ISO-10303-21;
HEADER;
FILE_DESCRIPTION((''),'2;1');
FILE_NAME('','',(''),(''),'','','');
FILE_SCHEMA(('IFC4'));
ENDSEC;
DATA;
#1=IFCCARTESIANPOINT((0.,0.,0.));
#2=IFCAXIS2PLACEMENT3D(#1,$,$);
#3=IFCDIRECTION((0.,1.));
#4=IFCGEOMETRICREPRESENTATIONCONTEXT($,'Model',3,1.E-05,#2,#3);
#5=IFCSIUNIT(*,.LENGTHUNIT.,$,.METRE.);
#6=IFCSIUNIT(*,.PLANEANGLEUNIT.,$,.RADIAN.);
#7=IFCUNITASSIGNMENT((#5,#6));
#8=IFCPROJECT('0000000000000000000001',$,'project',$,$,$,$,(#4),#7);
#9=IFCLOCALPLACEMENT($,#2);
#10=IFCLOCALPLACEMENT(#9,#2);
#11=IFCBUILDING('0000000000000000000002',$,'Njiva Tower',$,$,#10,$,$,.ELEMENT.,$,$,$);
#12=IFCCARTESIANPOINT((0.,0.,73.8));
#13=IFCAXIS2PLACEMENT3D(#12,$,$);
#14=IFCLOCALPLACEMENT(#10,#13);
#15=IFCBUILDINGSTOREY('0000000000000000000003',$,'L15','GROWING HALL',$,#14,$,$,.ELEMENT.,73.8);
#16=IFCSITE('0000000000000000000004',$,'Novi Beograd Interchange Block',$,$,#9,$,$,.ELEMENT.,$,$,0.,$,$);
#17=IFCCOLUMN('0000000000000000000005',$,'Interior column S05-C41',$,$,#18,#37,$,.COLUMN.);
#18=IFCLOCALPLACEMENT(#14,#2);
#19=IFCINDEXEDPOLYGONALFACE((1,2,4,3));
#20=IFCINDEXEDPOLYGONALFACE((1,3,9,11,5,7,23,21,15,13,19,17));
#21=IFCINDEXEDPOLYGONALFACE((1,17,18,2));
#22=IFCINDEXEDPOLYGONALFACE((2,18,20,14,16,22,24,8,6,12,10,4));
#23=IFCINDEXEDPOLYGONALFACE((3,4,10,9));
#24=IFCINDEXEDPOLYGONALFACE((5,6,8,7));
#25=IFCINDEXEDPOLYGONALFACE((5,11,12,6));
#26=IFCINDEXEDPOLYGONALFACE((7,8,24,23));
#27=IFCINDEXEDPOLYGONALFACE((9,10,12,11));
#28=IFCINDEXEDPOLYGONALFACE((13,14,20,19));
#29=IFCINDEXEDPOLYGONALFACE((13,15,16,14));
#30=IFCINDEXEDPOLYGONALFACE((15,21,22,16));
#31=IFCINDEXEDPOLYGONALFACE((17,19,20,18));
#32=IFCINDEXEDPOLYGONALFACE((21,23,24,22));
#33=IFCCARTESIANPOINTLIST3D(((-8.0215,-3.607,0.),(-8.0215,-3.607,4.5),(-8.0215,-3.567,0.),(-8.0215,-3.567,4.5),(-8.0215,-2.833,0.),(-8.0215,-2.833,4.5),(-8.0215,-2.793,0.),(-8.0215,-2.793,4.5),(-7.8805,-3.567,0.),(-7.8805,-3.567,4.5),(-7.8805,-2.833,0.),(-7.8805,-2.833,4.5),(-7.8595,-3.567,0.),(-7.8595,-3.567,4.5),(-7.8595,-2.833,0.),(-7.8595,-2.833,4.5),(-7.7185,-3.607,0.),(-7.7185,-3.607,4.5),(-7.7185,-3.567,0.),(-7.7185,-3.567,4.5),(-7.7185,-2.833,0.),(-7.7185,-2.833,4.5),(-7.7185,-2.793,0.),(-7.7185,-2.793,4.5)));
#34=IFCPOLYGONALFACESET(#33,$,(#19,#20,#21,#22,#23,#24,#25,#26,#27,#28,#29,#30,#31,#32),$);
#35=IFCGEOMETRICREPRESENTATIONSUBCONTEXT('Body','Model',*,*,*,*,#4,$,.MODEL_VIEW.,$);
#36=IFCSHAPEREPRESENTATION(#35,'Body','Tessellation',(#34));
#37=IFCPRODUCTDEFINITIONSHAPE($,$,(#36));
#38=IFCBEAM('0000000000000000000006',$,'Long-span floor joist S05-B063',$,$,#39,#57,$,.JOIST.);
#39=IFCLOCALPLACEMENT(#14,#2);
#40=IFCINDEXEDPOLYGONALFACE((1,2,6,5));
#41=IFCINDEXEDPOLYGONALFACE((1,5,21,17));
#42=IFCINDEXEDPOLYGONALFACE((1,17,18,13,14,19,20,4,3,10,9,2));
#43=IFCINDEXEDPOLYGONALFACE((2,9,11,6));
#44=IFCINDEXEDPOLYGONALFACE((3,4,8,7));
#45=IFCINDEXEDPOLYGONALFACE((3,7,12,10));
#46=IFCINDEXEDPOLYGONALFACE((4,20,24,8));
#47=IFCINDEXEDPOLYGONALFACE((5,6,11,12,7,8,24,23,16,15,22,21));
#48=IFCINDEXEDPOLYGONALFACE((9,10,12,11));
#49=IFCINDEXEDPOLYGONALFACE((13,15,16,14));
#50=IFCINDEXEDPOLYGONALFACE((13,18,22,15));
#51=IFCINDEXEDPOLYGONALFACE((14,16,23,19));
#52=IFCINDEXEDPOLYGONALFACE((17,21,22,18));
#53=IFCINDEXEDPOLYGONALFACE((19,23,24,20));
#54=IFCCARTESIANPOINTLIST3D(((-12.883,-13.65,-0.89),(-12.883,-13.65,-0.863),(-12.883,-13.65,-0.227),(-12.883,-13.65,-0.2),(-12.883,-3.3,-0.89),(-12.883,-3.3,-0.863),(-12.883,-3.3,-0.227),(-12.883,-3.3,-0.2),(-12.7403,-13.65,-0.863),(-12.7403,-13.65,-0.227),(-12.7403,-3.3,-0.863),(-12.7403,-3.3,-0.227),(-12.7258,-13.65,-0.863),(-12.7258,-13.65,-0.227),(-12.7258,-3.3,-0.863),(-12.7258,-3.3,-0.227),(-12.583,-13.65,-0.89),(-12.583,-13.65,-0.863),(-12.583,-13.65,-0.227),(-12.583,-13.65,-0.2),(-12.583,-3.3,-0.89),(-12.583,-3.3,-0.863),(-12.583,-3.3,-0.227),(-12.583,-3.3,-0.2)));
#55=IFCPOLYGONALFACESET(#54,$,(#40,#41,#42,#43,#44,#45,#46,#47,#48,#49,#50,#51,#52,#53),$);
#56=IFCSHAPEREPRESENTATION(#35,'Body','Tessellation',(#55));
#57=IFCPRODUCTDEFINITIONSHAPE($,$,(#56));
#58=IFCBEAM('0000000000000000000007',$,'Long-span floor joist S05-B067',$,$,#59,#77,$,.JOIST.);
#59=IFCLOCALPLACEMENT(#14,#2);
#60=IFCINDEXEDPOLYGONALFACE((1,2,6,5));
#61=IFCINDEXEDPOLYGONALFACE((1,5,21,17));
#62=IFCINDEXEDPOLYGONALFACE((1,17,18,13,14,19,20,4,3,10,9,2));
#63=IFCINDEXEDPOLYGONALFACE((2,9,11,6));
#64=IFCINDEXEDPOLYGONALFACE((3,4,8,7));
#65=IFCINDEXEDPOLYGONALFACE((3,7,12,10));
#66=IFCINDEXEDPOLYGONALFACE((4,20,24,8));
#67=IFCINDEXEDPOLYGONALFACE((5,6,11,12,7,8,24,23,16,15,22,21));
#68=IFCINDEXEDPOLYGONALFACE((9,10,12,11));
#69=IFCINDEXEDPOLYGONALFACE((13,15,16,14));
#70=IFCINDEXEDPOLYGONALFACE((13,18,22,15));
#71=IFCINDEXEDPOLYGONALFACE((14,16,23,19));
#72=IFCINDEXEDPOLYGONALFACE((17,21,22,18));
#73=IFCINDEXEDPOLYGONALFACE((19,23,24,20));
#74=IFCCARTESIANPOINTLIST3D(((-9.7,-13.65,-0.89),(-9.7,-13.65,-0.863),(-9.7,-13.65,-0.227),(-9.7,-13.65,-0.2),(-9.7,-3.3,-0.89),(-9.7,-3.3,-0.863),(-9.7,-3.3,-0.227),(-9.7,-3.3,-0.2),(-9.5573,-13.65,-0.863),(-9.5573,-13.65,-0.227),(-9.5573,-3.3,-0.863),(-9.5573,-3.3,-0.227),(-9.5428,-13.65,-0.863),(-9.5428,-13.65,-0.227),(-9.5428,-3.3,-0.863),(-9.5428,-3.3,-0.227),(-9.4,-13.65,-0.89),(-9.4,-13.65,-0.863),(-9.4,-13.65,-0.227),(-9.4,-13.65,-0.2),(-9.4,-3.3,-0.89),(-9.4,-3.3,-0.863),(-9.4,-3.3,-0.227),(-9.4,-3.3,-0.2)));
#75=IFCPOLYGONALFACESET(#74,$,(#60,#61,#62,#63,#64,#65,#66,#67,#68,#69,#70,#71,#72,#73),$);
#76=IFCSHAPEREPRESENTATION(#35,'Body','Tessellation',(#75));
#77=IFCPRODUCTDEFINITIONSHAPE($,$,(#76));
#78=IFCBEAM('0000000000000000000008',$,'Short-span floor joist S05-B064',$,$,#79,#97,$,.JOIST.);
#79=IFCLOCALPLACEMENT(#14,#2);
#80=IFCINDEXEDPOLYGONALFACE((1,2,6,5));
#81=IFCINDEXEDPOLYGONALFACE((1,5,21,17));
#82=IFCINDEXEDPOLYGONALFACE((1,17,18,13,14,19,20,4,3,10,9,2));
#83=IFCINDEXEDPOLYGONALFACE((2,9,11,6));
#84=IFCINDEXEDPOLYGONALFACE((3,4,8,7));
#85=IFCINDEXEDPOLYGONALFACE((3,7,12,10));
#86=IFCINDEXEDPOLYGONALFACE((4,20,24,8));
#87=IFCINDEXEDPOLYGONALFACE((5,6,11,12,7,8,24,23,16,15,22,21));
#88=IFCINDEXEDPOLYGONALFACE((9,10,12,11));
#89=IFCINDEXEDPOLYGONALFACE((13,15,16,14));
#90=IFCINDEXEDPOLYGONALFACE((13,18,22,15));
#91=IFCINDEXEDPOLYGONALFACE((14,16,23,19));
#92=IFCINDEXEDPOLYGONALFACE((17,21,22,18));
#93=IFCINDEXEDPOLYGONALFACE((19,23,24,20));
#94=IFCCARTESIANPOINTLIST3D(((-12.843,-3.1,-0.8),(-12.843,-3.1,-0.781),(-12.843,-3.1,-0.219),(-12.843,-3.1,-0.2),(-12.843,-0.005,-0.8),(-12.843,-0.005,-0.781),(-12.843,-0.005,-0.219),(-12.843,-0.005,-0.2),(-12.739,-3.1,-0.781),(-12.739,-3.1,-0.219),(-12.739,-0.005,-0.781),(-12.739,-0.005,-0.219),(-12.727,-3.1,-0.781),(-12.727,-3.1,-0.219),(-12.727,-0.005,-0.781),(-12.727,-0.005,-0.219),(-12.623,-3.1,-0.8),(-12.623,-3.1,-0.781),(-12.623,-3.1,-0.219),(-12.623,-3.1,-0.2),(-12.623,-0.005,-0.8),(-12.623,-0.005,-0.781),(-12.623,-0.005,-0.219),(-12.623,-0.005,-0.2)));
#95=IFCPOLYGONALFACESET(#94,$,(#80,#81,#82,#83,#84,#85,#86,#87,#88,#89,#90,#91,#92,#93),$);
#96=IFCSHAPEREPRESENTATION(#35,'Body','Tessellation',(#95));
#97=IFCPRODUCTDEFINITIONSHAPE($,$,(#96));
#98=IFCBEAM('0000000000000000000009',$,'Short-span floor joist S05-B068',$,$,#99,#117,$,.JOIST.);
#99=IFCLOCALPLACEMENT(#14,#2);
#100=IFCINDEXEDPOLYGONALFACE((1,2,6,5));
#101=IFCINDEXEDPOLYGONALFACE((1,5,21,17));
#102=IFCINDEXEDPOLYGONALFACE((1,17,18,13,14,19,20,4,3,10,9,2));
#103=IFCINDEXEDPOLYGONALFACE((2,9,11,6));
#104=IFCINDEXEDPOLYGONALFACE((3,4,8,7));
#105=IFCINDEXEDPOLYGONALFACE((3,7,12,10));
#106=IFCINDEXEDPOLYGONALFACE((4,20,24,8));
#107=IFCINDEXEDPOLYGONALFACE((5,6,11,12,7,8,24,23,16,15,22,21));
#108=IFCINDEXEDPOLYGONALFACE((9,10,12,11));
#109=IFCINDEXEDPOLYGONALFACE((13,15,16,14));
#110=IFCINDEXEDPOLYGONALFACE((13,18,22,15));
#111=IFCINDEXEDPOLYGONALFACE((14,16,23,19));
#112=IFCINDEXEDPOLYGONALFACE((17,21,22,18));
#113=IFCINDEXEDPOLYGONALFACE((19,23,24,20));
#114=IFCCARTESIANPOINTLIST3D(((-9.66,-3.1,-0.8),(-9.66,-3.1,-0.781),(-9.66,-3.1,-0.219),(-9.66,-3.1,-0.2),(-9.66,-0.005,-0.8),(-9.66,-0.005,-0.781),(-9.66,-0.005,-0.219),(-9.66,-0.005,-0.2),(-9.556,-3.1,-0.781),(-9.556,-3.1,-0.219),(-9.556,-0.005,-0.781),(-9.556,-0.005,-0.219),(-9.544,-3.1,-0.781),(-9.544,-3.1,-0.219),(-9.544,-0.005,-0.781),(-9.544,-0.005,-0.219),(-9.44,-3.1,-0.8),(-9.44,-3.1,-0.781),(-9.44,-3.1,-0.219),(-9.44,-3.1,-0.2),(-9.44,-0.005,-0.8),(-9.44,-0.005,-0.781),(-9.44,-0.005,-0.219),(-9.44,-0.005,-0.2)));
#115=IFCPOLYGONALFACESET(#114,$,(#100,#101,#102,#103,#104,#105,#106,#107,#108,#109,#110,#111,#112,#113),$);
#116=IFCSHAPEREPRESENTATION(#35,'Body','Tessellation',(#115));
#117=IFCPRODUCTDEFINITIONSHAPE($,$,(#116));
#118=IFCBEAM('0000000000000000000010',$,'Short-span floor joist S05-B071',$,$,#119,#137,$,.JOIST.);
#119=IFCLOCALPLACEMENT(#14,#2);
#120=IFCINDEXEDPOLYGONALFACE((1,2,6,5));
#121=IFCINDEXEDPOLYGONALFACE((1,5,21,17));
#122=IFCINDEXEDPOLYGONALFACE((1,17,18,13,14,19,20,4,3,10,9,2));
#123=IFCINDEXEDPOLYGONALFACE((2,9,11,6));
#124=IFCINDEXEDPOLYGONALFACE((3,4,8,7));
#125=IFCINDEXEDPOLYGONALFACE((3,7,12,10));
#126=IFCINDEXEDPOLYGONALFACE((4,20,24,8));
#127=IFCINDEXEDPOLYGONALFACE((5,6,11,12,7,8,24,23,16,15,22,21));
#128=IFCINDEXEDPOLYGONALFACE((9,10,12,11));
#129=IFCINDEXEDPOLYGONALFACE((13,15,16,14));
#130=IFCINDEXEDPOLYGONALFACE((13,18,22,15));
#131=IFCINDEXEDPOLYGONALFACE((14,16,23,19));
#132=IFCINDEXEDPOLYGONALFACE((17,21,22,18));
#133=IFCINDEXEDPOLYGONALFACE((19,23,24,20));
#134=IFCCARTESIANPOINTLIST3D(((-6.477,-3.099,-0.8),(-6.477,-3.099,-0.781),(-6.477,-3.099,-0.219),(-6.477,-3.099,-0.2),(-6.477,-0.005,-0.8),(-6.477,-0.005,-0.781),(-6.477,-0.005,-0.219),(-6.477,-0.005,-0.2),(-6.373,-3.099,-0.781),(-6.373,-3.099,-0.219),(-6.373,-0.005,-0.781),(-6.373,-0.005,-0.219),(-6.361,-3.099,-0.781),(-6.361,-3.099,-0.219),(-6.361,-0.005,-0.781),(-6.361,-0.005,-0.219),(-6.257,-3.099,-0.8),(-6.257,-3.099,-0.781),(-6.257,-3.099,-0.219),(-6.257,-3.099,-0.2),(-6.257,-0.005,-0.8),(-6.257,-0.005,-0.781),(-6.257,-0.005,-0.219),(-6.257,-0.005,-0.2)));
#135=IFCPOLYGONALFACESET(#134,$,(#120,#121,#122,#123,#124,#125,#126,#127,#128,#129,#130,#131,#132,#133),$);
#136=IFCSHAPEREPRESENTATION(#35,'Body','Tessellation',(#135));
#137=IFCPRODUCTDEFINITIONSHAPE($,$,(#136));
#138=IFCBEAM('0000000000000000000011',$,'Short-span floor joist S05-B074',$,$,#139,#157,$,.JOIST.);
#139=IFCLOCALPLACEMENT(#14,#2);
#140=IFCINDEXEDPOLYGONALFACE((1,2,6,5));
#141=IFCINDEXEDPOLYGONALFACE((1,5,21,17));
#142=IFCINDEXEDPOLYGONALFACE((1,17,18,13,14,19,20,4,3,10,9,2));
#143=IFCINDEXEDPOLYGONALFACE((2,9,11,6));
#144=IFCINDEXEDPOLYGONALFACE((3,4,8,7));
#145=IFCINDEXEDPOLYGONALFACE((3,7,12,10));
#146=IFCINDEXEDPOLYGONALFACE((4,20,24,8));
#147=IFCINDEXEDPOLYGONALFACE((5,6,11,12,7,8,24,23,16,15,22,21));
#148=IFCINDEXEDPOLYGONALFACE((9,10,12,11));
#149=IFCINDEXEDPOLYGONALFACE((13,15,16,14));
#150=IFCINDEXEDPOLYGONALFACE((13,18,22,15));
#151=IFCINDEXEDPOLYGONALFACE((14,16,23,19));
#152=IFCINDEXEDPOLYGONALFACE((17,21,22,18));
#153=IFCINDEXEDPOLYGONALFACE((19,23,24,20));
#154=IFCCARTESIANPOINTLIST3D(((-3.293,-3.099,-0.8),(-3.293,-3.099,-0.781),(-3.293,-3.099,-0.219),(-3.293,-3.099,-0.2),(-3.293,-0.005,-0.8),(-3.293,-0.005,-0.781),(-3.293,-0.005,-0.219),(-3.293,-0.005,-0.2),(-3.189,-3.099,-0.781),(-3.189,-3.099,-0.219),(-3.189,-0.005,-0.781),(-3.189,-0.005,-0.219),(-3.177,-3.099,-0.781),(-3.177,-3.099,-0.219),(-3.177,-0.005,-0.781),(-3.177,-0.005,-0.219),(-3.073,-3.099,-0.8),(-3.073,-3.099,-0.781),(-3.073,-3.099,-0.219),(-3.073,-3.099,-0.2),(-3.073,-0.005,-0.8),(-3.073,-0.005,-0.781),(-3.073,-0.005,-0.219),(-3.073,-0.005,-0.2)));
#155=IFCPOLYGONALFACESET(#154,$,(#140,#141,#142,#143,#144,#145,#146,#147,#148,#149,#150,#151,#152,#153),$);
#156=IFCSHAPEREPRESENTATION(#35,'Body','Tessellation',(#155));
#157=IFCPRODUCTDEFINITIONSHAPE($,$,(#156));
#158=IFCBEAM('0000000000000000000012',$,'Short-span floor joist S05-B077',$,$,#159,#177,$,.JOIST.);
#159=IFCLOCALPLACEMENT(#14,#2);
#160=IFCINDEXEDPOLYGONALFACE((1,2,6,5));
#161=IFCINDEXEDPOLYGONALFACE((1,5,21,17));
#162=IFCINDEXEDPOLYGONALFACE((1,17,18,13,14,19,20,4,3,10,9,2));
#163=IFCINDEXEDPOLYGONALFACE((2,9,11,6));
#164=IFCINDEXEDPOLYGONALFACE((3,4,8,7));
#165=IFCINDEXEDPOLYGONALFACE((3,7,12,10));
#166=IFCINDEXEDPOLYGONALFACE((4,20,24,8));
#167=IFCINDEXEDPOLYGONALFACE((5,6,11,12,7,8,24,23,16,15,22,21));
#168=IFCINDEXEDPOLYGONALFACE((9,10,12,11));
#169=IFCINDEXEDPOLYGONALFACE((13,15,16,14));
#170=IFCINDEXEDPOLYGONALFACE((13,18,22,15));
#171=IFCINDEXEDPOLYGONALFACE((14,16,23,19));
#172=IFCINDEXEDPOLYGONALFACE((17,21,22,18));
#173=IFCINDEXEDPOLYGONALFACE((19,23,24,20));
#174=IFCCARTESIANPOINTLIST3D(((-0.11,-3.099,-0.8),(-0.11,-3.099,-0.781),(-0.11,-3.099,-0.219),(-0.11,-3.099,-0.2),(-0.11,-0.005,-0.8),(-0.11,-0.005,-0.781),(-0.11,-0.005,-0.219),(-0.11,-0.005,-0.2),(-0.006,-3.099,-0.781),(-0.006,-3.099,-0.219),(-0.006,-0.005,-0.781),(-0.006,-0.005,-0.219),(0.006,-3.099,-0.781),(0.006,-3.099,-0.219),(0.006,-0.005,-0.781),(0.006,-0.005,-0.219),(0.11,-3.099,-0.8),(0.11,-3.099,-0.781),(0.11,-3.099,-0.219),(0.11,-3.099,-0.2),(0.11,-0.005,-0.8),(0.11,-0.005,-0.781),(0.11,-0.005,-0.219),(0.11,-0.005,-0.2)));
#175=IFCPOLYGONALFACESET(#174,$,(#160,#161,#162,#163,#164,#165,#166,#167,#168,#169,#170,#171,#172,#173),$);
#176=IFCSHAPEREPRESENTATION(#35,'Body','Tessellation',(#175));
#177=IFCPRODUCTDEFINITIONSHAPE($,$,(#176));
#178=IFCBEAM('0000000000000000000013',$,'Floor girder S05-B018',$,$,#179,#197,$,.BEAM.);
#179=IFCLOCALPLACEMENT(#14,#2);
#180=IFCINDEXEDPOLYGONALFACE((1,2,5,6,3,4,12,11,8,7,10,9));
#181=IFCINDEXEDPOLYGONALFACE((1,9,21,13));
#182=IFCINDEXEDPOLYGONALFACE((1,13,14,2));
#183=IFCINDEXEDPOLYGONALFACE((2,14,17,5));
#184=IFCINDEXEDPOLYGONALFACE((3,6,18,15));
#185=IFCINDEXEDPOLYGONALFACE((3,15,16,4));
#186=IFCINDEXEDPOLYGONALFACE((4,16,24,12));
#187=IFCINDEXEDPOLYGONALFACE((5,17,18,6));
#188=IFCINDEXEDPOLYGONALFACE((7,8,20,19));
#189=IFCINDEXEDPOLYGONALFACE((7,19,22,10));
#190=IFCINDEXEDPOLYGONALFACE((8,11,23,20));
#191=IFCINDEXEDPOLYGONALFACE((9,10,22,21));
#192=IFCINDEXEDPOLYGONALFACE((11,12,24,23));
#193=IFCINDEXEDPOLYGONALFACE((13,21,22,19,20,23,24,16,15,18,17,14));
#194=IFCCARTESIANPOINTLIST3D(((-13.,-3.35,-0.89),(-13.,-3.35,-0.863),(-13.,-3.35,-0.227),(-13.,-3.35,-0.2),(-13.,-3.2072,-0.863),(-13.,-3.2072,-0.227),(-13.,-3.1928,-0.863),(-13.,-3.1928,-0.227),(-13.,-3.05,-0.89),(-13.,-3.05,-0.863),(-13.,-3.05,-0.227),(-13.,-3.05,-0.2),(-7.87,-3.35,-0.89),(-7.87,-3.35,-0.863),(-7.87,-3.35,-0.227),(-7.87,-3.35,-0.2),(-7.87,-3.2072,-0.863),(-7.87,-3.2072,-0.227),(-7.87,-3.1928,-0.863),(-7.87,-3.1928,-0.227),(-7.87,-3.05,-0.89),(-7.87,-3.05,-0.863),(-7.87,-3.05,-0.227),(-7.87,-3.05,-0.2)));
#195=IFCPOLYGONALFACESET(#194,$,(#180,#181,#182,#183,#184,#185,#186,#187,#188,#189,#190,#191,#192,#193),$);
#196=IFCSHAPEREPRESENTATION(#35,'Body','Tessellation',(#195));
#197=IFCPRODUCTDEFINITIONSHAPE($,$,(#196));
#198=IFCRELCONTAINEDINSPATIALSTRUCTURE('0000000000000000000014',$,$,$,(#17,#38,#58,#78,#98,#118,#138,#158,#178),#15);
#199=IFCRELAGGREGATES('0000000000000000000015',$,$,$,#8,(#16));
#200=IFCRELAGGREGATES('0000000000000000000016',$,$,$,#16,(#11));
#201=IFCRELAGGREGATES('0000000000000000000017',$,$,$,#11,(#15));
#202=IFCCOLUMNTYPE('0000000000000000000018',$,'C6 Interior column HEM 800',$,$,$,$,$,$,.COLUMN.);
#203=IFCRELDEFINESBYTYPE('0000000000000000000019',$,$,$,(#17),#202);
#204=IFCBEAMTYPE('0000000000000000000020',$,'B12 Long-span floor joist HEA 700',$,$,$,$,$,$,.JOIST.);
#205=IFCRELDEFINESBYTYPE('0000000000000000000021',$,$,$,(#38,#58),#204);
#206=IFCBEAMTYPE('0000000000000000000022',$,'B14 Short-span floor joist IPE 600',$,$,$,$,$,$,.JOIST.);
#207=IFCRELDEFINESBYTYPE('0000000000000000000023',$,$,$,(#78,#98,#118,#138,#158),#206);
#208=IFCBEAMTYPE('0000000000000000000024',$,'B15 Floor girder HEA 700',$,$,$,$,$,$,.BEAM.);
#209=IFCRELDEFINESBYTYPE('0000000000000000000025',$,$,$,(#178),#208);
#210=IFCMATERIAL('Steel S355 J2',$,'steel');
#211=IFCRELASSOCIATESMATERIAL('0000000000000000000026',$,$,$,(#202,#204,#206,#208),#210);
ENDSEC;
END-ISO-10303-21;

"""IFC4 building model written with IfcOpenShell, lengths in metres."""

from ifc_helpers import new_model, si_unit, direction, frame, origin, origin_2d, place, context, subcontext, project, spatial, i_section, extrude, material, material_profile, profile_set, type_object, element, save


model = new_model("IFC4")

# Units and contexts
model_context = context("Model", 3, precision=1e-05, world=origin(), true_north=direction((0.0, 1.0)))
body_context = subcontext(model_context, "Body", "Model", "MODEL_VIEW")
ifc_project = project(units=[si_unit("LENGTHUNIT", "METRE"), si_unit("PLANEANGLEUNIT", "RADIAN")], contexts=[model_context])

# Site, building, storey
site_placement = place(None, origin())
site = spatial("IfcSite", under=ifc_project, at=site_placement, Name="Novi Beograd Interchange Block", CompositionType="ELEMENT", RefElevation=0.0)
building_placement = place(site_placement, origin())
building = spatial("IfcBuilding", under=site, at=building_placement, Name="Njiva Tower", CompositionType="ELEMENT")
storey_placement = place(building_placement, frame((0.0, 0.0, 73.8)))
storey = spatial("IfcBuildingStorey", under=building, at=storey_placement, Name="L15", Description="GROWING HALL", CompositionType="ELEMENT", Elevation=73.8)

# Column
ifc_material_1 = material(Name="Steel S355 J2", Category="steel")
ifc_material_profile_1 = material_profile(ifc_material_1, i_section(OverallWidth=0.303, OverallDepth=0.814, WebThickness=0.021, FlangeThickness=0.04, at=origin_2d()), Name="HEM 800")
ifc_profile_set_1 = profile_set([ifc_material_profile_1], Name="Steel S355 J2")
column_type = type_object("IfcColumnType", Name="C6 Interior column HEM 800", PredefinedType="COLUMN", material=ifc_profile_set_1)
column_placement = place(storey_placement, frame((-7.87, -3.2, 0.0), z_axis=(0.0, 0.0, 1.0), x_axis=(1.0, 0.0, 0.0)))
element("IfcColumn", 1, at=column_placement, inside=storey, type_object=column_type, Name="Interior column S05-C41", PredefinedType="COLUMN", context=body_context, shape_type="SweptSolid", body=[
    extrude(i_section(OverallWidth=0.303, OverallDepth=0.814, WebThickness=0.021, FlangeThickness=0.04, at=origin_2d()), origin(), (0.0, 0.0, 1.0), 4.5),
])

# Beams
ifc_material_profile_2 = material_profile(ifc_material_1, i_section(OverallWidth=0.3, OverallDepth=0.69, WebThickness=0.0145, FlangeThickness=0.027, at=origin_2d()), Name="HEA 700")
ifc_profile_set_2 = profile_set([ifc_material_profile_2], Name="Steel S355 J2")
beam_type_1 = type_object("IfcBeamType", Name="B12 Long-span floor joist HEA 700", PredefinedType="JOIST", material=ifc_profile_set_2)
for number, where, z_axis, x_axis, name in (
    (2, (-12.733, -3.3, -0.545), (0.0, -1.0, 0.0), (1.0, 0.0, 0.0), "Long-span floor joist S05-B063"),
    (3, (-9.55, -3.3, -0.545), (0.0, -1.0, 0.0), (1.0, 0.0, 0.0), "Long-span floor joist S05-B067"),
):
    element("IfcBeam", number, at=place(storey_placement, frame(where, z_axis=z_axis, x_axis=x_axis)), inside=storey, type_object=beam_type_1, Name=name, PredefinedType="JOIST", context=body_context, shape_type="SweptSolid", body=[
        extrude(i_section(OverallWidth=0.3, OverallDepth=0.69, WebThickness=0.0145, FlangeThickness=0.027, at=origin_2d()), origin(), (0.0, 0.0, 1.0), 10.35),
    ])
ifc_material_profile_3 = material_profile(ifc_material_1, i_section(OverallWidth=0.22, OverallDepth=0.6, WebThickness=0.012, FlangeThickness=0.019, at=origin_2d()), Name="IPE 600")
ifc_profile_set_3 = profile_set([ifc_material_profile_3], Name="Steel S355 J2")
beam_type_2 = type_object("IfcBeamType", Name="B14 Short-span floor joist IPE 600", PredefinedType="JOIST", material=ifc_profile_set_3)
for number, where, z_axis, x_axis, name in (
    (4, (-12.733, -0.005, -0.5), (0.0, -1.0, 0.0), (1.0, 0.0, 0.0), "Short-span floor joist S05-B064"),
    (5, (-9.55, -0.005, -0.5), (0.0, -1.0, 0.0), (1.0, 0.0, 0.0), "Short-span floor joist S05-B068"),
):
    element("IfcBeam", number, at=place(storey_placement, frame(where, z_axis=z_axis, x_axis=x_axis)), inside=storey, type_object=beam_type_2, Name=name, PredefinedType="JOIST", context=body_context, shape_type="SweptSolid", body=[
        extrude(i_section(OverallWidth=0.22, OverallDepth=0.6, WebThickness=0.012, FlangeThickness=0.019, at=origin_2d()), origin(), (0.0, 0.0, 1.0), 3.095),
    ])
for number, where, z_axis, x_axis, name in (
    (6, (-6.367, -0.005, -0.5), (0.0, -1.0, 0.0), (1.0, 0.0, 0.0), "Short-span floor joist S05-B071"),
    (7, (-3.183, -0.005, -0.5), (0.0, -1.0, 0.0), (1.0, 0.0, 0.0), "Short-span floor joist S05-B074"),
    (8, (0.0, -0.005, -0.5), (0.0, -1.0, 0.0), (1.0, 0.0, 0.0), "Short-span floor joist S05-B077"),
):
    element("IfcBeam", number, at=place(storey_placement, frame(where, z_axis=z_axis, x_axis=x_axis)), inside=storey, type_object=beam_type_2, Name=name, PredefinedType="JOIST", context=body_context, shape_type="SweptSolid", body=[
        extrude(i_section(OverallWidth=0.22, OverallDepth=0.6, WebThickness=0.012, FlangeThickness=0.019, at=origin_2d()), origin(), (0.0, 0.0, 1.0), 3.094),
    ])
ifc_material_profile_4 = material_profile(ifc_material_1, i_section(OverallWidth=0.3, OverallDepth=0.69, WebThickness=0.0145, FlangeThickness=0.027, at=origin_2d()), Name="HEA 700")
ifc_profile_set_4 = profile_set([ifc_material_profile_4], Name="Steel S355 J2")
beam_type_3 = type_object("IfcBeamType", Name="B15 Floor girder HEA 700", PredefinedType="BEAM", material=ifc_profile_set_4)
beam_1_placement = place(storey_placement, frame((-13.0, -3.2, -0.545), z_axis=(1.0, 0.0, 0.0), x_axis=(0.0, 1.0, 0.0)))
element("IfcBeam", 9, at=beam_1_placement, inside=storey, type_object=beam_type_3, Name="Floor girder S05-B018", PredefinedType="BEAM", context=body_context, shape_type="SweptSolid", body=[
    extrude(i_section(OverallWidth=0.3, OverallDepth=0.69, WebThickness=0.0145, FlangeThickness=0.027, at=origin_2d()), origin(), (0.0, 0.0, 1.0), 5.13),
])

save(model, "model.ifc")
